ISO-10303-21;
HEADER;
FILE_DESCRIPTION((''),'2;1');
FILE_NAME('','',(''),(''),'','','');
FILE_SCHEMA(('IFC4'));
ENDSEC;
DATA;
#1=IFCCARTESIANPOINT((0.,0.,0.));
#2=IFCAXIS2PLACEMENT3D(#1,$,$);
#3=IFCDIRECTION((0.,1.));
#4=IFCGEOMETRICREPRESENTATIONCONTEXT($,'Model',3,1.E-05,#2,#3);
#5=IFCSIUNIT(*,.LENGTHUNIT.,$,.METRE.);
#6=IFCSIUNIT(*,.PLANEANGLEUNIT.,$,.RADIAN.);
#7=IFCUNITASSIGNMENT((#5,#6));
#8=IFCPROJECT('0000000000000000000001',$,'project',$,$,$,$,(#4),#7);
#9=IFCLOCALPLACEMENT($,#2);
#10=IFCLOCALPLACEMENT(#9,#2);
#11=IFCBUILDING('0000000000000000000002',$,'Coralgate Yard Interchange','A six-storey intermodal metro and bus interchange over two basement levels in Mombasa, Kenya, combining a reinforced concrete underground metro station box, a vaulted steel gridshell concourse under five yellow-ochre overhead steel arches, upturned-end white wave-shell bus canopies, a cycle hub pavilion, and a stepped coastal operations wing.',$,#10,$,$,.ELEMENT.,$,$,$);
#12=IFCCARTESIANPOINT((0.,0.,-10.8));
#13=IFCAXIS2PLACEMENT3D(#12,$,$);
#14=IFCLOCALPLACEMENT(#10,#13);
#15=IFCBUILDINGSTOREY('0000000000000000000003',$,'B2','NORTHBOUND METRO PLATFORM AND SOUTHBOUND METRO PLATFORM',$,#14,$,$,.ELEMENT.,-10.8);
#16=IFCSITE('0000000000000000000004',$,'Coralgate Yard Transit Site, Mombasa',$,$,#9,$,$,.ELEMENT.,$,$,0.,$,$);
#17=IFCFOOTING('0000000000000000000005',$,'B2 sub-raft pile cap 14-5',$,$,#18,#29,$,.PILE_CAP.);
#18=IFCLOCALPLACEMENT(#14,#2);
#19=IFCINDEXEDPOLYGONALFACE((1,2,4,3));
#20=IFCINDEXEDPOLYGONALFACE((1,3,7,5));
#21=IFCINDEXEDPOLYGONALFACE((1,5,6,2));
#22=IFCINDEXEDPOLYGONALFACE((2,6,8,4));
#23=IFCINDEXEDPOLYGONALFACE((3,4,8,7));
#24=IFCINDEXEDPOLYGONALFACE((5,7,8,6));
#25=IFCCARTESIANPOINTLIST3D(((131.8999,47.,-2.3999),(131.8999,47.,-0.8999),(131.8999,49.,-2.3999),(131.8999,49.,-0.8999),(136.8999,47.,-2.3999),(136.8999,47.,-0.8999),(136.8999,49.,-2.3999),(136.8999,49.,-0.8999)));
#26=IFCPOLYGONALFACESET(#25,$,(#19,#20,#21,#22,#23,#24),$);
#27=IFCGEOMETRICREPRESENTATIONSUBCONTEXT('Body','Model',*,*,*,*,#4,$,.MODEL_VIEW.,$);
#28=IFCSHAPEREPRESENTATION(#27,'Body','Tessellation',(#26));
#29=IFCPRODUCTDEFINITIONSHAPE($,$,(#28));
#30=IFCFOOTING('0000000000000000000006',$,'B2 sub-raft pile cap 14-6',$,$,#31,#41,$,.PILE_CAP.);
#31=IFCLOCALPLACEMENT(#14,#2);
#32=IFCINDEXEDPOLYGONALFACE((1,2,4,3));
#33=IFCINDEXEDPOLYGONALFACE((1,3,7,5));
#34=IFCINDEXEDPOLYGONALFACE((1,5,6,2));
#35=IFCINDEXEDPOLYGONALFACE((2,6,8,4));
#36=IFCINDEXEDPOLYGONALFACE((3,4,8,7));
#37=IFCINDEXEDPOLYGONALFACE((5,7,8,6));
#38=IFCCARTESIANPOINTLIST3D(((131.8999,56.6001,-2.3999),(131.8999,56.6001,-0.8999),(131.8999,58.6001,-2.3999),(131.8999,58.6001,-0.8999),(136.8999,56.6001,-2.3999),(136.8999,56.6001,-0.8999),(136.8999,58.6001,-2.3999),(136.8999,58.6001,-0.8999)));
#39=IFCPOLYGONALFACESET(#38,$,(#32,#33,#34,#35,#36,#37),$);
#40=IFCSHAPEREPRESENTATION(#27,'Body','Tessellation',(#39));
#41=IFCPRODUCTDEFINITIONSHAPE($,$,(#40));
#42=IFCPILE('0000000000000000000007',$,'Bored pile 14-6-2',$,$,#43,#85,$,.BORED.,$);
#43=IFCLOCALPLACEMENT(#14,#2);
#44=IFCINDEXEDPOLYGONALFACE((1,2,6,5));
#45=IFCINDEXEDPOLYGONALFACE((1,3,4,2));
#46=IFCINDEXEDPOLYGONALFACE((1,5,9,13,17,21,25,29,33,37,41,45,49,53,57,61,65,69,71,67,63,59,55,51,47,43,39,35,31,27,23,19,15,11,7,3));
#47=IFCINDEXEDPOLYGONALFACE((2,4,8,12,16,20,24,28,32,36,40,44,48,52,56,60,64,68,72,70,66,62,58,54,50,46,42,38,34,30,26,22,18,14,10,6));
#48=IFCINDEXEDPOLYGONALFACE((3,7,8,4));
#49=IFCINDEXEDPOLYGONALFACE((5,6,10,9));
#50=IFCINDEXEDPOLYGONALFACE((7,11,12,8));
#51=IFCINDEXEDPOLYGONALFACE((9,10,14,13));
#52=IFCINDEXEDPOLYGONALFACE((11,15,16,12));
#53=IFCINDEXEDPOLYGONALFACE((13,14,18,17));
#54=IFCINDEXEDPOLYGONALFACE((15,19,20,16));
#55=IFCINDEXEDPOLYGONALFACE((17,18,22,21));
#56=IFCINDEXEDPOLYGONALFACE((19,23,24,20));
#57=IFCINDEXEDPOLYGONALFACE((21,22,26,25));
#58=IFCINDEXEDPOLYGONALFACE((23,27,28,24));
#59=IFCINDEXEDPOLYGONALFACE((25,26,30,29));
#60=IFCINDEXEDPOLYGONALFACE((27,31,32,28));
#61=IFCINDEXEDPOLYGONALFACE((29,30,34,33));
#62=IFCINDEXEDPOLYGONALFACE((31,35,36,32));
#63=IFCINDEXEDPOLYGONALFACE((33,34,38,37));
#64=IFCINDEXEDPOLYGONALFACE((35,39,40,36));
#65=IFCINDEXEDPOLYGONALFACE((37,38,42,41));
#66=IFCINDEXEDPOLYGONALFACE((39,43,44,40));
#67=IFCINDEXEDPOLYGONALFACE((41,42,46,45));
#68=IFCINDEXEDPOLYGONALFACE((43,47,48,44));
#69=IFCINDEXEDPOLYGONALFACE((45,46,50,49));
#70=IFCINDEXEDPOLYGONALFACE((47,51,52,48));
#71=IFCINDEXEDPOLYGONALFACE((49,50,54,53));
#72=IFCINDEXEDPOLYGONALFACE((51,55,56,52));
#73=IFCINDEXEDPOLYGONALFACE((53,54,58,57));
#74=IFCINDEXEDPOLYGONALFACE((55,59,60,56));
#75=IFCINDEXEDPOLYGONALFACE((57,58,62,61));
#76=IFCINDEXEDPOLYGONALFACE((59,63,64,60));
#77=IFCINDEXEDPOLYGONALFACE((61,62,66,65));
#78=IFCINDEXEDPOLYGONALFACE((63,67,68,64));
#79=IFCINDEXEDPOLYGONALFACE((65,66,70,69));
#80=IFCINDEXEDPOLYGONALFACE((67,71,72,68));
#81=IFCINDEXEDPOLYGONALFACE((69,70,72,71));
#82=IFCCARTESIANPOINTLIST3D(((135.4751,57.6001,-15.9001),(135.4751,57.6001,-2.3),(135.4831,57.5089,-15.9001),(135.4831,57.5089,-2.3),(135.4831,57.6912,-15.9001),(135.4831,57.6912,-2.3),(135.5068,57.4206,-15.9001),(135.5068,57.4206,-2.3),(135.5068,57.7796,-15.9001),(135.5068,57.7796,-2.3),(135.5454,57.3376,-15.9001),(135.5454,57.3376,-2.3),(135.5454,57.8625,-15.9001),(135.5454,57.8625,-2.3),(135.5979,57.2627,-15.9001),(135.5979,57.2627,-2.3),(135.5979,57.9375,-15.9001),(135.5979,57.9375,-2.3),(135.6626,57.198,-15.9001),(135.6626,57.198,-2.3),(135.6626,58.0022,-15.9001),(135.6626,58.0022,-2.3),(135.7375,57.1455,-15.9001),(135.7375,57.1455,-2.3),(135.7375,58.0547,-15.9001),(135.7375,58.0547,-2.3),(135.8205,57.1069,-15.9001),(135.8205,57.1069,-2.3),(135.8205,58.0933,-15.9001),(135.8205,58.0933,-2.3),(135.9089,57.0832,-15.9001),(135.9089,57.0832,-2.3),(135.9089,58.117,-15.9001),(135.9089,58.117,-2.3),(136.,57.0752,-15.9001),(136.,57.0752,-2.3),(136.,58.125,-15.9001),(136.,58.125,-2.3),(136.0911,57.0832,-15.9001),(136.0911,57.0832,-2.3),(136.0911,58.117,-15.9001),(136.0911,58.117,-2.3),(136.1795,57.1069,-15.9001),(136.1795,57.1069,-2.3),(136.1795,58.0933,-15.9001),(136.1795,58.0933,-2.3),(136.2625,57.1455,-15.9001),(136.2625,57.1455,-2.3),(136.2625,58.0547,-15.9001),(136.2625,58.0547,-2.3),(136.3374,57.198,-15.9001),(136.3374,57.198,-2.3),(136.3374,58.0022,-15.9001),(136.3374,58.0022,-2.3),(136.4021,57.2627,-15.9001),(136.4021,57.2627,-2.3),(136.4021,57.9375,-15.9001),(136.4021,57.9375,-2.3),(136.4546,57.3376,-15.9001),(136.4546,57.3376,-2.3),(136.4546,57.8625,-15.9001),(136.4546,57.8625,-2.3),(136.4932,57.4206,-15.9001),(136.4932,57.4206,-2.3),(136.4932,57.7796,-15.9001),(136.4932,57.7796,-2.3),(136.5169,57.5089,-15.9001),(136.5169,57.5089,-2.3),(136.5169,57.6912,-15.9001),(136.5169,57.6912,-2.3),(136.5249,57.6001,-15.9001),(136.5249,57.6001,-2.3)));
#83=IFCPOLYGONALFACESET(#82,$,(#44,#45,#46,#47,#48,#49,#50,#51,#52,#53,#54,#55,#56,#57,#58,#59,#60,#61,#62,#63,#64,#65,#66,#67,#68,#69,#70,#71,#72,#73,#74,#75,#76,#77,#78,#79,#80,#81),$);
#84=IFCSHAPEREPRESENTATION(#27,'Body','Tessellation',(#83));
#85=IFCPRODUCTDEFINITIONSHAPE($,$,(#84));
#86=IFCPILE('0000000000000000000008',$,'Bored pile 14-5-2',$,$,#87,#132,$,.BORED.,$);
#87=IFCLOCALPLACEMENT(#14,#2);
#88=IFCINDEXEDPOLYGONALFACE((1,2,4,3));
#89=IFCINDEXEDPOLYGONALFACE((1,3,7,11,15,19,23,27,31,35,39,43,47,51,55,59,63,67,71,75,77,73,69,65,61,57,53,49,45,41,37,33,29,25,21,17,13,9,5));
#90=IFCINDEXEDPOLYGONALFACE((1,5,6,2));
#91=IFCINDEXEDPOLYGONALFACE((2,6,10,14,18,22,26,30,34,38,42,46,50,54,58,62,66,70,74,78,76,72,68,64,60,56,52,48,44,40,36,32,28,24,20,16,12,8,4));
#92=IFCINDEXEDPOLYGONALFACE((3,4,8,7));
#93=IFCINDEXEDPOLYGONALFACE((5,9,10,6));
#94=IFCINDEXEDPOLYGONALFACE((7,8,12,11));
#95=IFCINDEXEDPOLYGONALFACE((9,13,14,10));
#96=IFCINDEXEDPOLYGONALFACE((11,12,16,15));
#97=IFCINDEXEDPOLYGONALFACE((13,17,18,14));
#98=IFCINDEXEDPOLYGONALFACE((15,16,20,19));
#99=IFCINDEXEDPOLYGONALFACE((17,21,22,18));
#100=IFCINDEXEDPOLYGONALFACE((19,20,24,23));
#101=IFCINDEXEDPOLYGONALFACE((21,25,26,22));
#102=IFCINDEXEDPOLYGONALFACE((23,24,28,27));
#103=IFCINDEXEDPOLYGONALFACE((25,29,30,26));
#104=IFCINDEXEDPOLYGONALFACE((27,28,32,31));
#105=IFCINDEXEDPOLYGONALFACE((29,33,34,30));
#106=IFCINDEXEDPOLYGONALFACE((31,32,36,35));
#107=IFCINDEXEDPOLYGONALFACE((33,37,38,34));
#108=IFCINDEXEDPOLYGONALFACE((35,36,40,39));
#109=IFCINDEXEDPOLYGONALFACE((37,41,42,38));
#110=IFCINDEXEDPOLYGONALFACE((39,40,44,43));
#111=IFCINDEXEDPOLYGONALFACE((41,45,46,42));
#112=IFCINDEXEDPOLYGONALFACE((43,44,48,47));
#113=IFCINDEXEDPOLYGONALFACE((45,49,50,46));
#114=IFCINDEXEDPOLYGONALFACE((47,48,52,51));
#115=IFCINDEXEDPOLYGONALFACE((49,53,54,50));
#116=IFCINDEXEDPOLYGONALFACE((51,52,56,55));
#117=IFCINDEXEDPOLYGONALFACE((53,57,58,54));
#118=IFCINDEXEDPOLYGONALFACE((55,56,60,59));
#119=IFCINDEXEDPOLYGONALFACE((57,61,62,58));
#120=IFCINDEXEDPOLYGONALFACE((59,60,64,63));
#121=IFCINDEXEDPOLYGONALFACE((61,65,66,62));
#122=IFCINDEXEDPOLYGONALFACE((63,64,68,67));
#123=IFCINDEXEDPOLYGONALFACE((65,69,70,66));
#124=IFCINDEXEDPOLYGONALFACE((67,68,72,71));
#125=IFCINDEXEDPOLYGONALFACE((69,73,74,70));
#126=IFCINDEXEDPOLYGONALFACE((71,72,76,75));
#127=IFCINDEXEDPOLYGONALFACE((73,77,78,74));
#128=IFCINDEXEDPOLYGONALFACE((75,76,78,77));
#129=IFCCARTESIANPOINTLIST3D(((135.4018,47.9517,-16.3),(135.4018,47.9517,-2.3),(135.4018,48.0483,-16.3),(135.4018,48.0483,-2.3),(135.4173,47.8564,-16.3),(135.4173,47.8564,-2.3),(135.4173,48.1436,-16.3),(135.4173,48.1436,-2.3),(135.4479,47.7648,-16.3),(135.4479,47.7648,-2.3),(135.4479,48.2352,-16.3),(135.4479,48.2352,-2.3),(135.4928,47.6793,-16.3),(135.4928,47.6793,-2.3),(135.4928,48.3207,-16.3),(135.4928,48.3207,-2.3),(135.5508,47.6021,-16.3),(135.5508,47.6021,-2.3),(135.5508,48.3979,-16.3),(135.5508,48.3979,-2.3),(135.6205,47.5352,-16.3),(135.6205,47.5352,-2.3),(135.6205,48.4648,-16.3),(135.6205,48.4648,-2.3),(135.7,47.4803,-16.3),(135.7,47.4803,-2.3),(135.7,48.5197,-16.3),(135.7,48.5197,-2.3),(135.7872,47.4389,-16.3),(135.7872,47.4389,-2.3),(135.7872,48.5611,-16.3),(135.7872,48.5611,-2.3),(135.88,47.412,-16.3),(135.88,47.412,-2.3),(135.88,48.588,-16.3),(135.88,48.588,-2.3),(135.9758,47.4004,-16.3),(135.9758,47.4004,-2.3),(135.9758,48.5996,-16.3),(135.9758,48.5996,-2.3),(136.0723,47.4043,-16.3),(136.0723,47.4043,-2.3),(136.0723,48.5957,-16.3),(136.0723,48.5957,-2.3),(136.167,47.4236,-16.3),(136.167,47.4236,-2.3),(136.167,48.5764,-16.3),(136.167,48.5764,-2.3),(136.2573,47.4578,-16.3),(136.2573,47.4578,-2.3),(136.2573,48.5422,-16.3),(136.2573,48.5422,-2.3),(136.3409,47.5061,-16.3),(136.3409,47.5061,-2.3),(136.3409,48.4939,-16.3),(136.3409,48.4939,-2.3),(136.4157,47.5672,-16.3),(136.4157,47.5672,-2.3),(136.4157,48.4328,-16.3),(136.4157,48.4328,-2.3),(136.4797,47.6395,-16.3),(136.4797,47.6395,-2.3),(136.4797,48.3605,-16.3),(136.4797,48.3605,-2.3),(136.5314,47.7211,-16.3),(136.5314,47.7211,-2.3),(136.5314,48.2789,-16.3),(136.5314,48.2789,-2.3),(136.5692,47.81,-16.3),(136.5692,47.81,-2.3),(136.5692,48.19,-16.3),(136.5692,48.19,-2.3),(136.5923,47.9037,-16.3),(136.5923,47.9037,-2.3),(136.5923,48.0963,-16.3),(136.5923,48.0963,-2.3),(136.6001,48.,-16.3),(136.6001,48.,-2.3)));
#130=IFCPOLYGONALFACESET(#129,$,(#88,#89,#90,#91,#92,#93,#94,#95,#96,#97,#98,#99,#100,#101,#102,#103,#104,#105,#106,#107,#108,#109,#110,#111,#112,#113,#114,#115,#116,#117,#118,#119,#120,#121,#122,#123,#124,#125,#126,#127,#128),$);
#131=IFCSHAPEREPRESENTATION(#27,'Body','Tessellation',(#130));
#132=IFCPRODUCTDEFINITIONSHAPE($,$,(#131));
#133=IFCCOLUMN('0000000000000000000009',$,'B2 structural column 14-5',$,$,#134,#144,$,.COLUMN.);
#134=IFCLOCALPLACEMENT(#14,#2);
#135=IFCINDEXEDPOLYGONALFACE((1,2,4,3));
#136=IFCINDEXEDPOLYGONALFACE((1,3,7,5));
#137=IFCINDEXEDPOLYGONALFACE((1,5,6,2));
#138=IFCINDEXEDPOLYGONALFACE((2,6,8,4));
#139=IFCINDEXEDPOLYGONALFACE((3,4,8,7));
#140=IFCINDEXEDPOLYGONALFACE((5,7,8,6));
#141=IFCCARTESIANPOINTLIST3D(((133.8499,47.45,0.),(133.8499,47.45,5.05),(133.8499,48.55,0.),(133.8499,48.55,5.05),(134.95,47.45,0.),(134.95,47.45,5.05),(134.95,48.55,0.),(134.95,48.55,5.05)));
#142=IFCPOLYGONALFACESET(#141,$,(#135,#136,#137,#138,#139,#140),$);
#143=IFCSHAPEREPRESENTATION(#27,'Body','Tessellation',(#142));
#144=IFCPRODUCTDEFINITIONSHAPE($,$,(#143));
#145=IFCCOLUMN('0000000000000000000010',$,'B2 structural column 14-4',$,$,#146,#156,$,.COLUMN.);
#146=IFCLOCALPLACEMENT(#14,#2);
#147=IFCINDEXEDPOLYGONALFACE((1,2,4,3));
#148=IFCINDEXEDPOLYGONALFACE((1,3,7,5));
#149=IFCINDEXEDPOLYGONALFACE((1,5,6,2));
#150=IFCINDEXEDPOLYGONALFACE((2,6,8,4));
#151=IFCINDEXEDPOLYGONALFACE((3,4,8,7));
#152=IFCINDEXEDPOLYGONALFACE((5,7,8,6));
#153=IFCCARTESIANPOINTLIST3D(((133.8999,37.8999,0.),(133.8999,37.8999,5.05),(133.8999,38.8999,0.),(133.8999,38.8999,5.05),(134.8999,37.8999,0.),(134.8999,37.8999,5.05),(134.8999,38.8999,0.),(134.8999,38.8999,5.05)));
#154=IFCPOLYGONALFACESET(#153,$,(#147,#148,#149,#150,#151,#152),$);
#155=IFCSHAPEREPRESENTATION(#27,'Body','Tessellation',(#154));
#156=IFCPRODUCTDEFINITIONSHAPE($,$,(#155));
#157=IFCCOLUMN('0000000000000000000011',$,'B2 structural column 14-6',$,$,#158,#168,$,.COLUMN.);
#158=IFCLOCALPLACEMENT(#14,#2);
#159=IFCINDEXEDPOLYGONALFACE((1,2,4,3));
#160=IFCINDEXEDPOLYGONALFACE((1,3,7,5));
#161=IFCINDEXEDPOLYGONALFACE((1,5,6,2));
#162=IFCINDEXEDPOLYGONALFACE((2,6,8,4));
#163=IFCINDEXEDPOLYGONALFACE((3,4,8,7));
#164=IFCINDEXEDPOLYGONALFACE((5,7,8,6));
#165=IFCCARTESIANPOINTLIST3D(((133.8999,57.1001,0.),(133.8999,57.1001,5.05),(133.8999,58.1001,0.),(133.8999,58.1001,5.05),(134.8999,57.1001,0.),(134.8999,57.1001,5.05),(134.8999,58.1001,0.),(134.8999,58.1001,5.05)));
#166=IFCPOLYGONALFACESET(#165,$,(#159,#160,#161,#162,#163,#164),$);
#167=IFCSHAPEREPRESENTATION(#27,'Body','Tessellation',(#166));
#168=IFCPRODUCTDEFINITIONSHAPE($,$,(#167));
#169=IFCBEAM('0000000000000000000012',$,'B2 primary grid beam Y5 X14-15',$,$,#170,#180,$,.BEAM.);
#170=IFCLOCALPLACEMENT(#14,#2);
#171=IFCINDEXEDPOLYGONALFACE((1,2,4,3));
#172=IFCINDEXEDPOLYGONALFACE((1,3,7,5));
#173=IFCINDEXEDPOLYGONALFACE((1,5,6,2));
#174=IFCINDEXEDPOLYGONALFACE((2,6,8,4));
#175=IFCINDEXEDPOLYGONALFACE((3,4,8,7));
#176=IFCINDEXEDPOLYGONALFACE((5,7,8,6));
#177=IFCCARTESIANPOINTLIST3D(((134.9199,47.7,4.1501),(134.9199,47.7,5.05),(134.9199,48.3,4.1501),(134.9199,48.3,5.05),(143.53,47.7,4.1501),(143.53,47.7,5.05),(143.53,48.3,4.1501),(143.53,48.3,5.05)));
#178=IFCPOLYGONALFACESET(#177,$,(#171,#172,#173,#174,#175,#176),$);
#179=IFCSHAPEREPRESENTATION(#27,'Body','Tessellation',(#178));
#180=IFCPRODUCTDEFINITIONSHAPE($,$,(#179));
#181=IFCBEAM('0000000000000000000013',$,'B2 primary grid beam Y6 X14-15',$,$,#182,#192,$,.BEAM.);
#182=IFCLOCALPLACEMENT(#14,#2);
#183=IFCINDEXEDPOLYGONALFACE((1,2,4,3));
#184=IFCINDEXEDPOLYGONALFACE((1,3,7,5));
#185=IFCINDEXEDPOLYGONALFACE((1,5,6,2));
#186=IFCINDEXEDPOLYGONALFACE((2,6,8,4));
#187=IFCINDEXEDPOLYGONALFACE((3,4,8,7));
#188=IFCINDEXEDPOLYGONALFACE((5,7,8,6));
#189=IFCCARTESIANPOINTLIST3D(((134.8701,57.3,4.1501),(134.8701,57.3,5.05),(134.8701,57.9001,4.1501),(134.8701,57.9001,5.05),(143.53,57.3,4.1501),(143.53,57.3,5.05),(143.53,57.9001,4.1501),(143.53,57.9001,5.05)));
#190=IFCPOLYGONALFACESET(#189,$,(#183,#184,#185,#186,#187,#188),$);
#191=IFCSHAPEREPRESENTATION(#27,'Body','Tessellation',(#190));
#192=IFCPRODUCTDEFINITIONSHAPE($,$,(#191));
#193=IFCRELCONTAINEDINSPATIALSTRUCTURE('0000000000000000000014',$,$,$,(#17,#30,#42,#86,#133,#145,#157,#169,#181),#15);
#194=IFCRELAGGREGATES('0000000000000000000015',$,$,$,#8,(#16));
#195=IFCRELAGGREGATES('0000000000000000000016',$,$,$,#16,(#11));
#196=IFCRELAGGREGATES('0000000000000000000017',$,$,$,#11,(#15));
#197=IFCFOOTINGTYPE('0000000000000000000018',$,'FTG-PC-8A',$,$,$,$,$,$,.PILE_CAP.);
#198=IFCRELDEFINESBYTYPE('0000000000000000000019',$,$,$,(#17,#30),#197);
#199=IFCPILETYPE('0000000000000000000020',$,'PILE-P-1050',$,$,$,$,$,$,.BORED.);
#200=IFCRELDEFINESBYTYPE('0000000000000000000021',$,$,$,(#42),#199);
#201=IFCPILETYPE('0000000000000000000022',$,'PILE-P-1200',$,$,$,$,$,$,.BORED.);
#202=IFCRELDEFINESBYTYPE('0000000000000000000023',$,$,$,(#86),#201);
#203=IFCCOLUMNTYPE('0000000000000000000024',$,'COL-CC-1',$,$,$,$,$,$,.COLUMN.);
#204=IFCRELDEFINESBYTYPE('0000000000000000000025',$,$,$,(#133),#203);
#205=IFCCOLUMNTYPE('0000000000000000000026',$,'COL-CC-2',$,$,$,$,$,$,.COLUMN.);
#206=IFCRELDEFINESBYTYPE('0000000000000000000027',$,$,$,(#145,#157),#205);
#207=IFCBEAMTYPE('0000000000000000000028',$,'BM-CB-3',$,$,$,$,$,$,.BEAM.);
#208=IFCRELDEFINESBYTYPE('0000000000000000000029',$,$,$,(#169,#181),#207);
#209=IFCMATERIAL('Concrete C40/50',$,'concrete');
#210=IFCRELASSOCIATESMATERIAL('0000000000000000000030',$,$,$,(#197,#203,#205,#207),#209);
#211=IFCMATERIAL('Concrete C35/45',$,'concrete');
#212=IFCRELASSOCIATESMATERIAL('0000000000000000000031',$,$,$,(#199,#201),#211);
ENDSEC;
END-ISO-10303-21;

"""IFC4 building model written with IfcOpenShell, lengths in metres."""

from ifc_helpers import new_model, si_unit, direction, frame, origin, origin_2d, place, context, subcontext, project, spatial, rectangle, circle, extrude, material, material_profile, profile_set, type_object, element, save


model = new_model("IFC4")

# Units and contexts
model_context = context("Model", 3, precision=1e-05, world=origin(), true_north=direction((0.0, 1.0)))
body_context = subcontext(model_context, "Body", "Model", "MODEL_VIEW")
ifc_project = project(units=[si_unit("LENGTHUNIT", "METRE"), si_unit("PLANEANGLEUNIT", "RADIAN")], contexts=[model_context])

# Site, building, storey
site_placement = place(None, origin())
site = spatial("IfcSite", under=ifc_project, at=site_placement, Name="Coralgate Yard Transit Site, Mombasa", CompositionType="ELEMENT", RefElevation=0.0)
building_placement = place(site_placement, origin())
building = spatial("IfcBuilding", under=site, at=building_placement, Name="Coralgate Yard Interchange", Description="A six-storey intermodal metro and bus interchange over two basement levels in Mombasa, Kenya, combining a reinforced concrete underground metro station box, a vaulted steel gridshell concourse under five yellow-ochre overhead steel arches, upturned-end white wave-shell bus canopies, a cycle hub pavilion, and a stepped coastal operations wing.", CompositionType="ELEMENT")
storey_placement = place(building_placement, frame((0.0, 0.0, -10.8)))
storey = spatial("IfcBuildingStorey", under=building, at=storey_placement, Name="B2", Description="NORTHBOUND METRO PLATFORM AND SOUTHBOUND METRO PLATFORM", CompositionType="ELEMENT", Elevation=-10.8)

# Footings
ifc_material_1 = material(Name="Concrete C40/50", Category="concrete")
footing_type = type_object("IfcFootingType", Name="FTG-PC-8A", PredefinedType="PILE_CAP", material=ifc_material_1)
for number, where, z_axis, x_axis, name in (
    (1, (134.3999, 48.0, -2.3999), (0.0, 0.0, 1.0), (1.0, 0.0, 0.0), "B2 sub-raft pile cap 14-5"),
    (2, (134.3999, 57.6001, -2.3999), (0.0, 0.0, 1.0), (1.0, 0.0, 0.0), "B2 sub-raft pile cap 14-6"),
):
    element("IfcFooting", number, at=place(storey_placement, frame(where, z_axis=z_axis, x_axis=x_axis)), inside=storey, type_object=footing_type, Name=name, PredefinedType="PILE_CAP", context=body_context, shape_type="SweptSolid", body=[
        extrude(rectangle(XDim=5.0, YDim=2.0, at=origin_2d()), origin(), (0.0, 0.0, 1.0), 1.5),
    ])

# Piles
ifc_material_2 = material(Name="Concrete C35/45", Category="concrete")
ifc_material_profile_1 = material_profile(ifc_material_2, circle(Radius=0.5249, at=origin_2d()), Name="BORED PILE D1050")
ifc_profile_set_1 = profile_set([ifc_material_profile_1], Name="Concrete C35/45")
pile_type_1 = type_object("IfcPileType", Name="PILE-P-1050", PredefinedType="BORED", material=ifc_profile_set_1)
pile_1_placement = place(storey_placement, frame((136.0, 57.6001, -2.3), z_axis=(0.0, 0.0, -1.0), x_axis=(1.0, 0.0, 0.0)))
element("IfcPile", 3, at=pile_1_placement, inside=storey, type_object=pile_type_1, Name="Bored pile 14-6-2", PredefinedType="BORED", context=body_context, shape_type="SweptSolid", body=[
    extrude(circle(Radius=0.5249, at=origin_2d()), origin(), (0.0, 0.0, 1.0), 13.6001),
])
ifc_material_profile_2 = material_profile(ifc_material_2, circle(Radius=0.6001, at=origin_2d()), Name="BORED PILE D1200")
ifc_profile_set_2 = profile_set([ifc_material_profile_2], Name="Concrete C35/45")
pile_type_2 = type_object("IfcPileType", Name="PILE-P-1200", PredefinedType="BORED", material=ifc_profile_set_2)
pile_2_placement = place(storey_placement, frame((136.0, 48.0, -2.3), z_axis=(0.0, 0.0, -1.0), x_axis=(1.0, 0.0, 0.0)))
element("IfcPile", 4, at=pile_2_placement, inside=storey, type_object=pile_type_2, Name="Bored pile 14-5-2", PredefinedType="BORED", context=body_context, shape_type="SweptSolid", body=[
    extrude(circle(Radius=0.6001, at=origin_2d()), origin(), (0.0, 0.0, 1.0), 14.0),
])

# Columns
ifc_material_profile_3 = material_profile(ifc_material_1, rectangle(XDim=1.1001, YDim=1.1001, at=origin_2d()), Name="RC 1100x1100")
ifc_profile_set_3 = profile_set([ifc_material_profile_3], Name="Concrete C40/50")
column_type_1 = type_object("IfcColumnType", Name="COL-CC-1", PredefinedType="COLUMN", material=ifc_profile_set_3)
column_placement = place(storey_placement, frame((134.3999, 48.0, 0.0), z_axis=(0.0, 0.0, 1.0), x_axis=(1.0, 0.0, 0.0)))
element("IfcColumn", 5, at=column_placement, inside=storey, type_object=column_type_1, Name="B2 structural column 14-5", PredefinedType="COLUMN", context=body_context, shape_type="SweptSolid", body=[
    extrude(rectangle(XDim=1.1001, YDim=1.1001, at=origin_2d()), origin(), (0.0, 0.0, 1.0), 5.05),
])
ifc_material_profile_4 = material_profile(ifc_material_1, rectangle(XDim=1.0, YDim=1.0, at=origin_2d()), Name="RC 1000x1000")
ifc_profile_set_4 = profile_set([ifc_material_profile_4], Name="Concrete C40/50")
column_type_2 = type_object("IfcColumnType", Name="COL-CC-2", PredefinedType="COLUMN", material=ifc_profile_set_4)
for number, where, z_axis, x_axis, name in (
    (6, (134.3999, 38.3999, 0.0), (0.0, 0.0, 1.0), (1.0, 0.0, 0.0), "B2 structural column 14-4"),
    (7, (134.3999, 57.6001, 0.0), (0.0, 0.0, 1.0), (1.0, 0.0, 0.0), "B2 structural column 14-6"),
):
    element("IfcColumn", number, at=place(storey_placement, frame(where, z_axis=z_axis, x_axis=x_axis)), inside=storey, type_object=column_type_2, Name=name, PredefinedType="COLUMN", context=body_context, shape_type="SweptSolid", body=[
        extrude(rectangle(XDim=1.0, YDim=1.0, at=origin_2d()), origin(), (0.0, 0.0, 1.0), 5.05),
    ])

# Beams
ifc_material_profile_5 = material_profile(ifc_material_1, rectangle(XDim=0.6001, YDim=0.8999, at=origin_2d()), Name="RC 600x900")
ifc_profile_set_5 = profile_set([ifc_material_profile_5], Name="Concrete C40/50")
beam_type_1 = type_object("IfcBeamType", Name="BM-CB-3", PredefinedType="BEAM", material=ifc_profile_set_5)
beam_1_placement = place(storey_placement, frame((134.9199, 48.0, 4.6001), z_axis=(1.0, 0.0, 0.0), x_axis=(0.0, 1.0, 0.0)))
element("IfcBeam", 8, at=beam_1_placement, inside=storey, type_object=beam_type_1, Name="B2 primary grid beam Y5 X14-15", PredefinedType="BEAM", context=body_context, shape_type="SweptSolid", body=[
    extrude(rectangle(XDim=0.6001, YDim=0.8999, at=origin_2d()), origin(), (0.0, 0.0, 1.0), 8.6101),
])
beam_2_placement = place(storey_placement, frame((134.8701, 57.6001, 4.6001), z_axis=(1.0, 0.0, 0.0), x_axis=(0.0, 1.0, 0.0)))
element("IfcBeam", 9, at=beam_2_placement, inside=storey, type_object=beam_type_1, Name="B2 primary grid beam Y6 X14-15", PredefinedType="BEAM", context=body_context, shape_type="SweptSolid", body=[
    extrude(rectangle(XDim=0.6001, YDim=0.8999, at=origin_2d()), origin(), (0.0, 0.0, 1.0), 8.6599),
])

save(model, "model.ifc")
